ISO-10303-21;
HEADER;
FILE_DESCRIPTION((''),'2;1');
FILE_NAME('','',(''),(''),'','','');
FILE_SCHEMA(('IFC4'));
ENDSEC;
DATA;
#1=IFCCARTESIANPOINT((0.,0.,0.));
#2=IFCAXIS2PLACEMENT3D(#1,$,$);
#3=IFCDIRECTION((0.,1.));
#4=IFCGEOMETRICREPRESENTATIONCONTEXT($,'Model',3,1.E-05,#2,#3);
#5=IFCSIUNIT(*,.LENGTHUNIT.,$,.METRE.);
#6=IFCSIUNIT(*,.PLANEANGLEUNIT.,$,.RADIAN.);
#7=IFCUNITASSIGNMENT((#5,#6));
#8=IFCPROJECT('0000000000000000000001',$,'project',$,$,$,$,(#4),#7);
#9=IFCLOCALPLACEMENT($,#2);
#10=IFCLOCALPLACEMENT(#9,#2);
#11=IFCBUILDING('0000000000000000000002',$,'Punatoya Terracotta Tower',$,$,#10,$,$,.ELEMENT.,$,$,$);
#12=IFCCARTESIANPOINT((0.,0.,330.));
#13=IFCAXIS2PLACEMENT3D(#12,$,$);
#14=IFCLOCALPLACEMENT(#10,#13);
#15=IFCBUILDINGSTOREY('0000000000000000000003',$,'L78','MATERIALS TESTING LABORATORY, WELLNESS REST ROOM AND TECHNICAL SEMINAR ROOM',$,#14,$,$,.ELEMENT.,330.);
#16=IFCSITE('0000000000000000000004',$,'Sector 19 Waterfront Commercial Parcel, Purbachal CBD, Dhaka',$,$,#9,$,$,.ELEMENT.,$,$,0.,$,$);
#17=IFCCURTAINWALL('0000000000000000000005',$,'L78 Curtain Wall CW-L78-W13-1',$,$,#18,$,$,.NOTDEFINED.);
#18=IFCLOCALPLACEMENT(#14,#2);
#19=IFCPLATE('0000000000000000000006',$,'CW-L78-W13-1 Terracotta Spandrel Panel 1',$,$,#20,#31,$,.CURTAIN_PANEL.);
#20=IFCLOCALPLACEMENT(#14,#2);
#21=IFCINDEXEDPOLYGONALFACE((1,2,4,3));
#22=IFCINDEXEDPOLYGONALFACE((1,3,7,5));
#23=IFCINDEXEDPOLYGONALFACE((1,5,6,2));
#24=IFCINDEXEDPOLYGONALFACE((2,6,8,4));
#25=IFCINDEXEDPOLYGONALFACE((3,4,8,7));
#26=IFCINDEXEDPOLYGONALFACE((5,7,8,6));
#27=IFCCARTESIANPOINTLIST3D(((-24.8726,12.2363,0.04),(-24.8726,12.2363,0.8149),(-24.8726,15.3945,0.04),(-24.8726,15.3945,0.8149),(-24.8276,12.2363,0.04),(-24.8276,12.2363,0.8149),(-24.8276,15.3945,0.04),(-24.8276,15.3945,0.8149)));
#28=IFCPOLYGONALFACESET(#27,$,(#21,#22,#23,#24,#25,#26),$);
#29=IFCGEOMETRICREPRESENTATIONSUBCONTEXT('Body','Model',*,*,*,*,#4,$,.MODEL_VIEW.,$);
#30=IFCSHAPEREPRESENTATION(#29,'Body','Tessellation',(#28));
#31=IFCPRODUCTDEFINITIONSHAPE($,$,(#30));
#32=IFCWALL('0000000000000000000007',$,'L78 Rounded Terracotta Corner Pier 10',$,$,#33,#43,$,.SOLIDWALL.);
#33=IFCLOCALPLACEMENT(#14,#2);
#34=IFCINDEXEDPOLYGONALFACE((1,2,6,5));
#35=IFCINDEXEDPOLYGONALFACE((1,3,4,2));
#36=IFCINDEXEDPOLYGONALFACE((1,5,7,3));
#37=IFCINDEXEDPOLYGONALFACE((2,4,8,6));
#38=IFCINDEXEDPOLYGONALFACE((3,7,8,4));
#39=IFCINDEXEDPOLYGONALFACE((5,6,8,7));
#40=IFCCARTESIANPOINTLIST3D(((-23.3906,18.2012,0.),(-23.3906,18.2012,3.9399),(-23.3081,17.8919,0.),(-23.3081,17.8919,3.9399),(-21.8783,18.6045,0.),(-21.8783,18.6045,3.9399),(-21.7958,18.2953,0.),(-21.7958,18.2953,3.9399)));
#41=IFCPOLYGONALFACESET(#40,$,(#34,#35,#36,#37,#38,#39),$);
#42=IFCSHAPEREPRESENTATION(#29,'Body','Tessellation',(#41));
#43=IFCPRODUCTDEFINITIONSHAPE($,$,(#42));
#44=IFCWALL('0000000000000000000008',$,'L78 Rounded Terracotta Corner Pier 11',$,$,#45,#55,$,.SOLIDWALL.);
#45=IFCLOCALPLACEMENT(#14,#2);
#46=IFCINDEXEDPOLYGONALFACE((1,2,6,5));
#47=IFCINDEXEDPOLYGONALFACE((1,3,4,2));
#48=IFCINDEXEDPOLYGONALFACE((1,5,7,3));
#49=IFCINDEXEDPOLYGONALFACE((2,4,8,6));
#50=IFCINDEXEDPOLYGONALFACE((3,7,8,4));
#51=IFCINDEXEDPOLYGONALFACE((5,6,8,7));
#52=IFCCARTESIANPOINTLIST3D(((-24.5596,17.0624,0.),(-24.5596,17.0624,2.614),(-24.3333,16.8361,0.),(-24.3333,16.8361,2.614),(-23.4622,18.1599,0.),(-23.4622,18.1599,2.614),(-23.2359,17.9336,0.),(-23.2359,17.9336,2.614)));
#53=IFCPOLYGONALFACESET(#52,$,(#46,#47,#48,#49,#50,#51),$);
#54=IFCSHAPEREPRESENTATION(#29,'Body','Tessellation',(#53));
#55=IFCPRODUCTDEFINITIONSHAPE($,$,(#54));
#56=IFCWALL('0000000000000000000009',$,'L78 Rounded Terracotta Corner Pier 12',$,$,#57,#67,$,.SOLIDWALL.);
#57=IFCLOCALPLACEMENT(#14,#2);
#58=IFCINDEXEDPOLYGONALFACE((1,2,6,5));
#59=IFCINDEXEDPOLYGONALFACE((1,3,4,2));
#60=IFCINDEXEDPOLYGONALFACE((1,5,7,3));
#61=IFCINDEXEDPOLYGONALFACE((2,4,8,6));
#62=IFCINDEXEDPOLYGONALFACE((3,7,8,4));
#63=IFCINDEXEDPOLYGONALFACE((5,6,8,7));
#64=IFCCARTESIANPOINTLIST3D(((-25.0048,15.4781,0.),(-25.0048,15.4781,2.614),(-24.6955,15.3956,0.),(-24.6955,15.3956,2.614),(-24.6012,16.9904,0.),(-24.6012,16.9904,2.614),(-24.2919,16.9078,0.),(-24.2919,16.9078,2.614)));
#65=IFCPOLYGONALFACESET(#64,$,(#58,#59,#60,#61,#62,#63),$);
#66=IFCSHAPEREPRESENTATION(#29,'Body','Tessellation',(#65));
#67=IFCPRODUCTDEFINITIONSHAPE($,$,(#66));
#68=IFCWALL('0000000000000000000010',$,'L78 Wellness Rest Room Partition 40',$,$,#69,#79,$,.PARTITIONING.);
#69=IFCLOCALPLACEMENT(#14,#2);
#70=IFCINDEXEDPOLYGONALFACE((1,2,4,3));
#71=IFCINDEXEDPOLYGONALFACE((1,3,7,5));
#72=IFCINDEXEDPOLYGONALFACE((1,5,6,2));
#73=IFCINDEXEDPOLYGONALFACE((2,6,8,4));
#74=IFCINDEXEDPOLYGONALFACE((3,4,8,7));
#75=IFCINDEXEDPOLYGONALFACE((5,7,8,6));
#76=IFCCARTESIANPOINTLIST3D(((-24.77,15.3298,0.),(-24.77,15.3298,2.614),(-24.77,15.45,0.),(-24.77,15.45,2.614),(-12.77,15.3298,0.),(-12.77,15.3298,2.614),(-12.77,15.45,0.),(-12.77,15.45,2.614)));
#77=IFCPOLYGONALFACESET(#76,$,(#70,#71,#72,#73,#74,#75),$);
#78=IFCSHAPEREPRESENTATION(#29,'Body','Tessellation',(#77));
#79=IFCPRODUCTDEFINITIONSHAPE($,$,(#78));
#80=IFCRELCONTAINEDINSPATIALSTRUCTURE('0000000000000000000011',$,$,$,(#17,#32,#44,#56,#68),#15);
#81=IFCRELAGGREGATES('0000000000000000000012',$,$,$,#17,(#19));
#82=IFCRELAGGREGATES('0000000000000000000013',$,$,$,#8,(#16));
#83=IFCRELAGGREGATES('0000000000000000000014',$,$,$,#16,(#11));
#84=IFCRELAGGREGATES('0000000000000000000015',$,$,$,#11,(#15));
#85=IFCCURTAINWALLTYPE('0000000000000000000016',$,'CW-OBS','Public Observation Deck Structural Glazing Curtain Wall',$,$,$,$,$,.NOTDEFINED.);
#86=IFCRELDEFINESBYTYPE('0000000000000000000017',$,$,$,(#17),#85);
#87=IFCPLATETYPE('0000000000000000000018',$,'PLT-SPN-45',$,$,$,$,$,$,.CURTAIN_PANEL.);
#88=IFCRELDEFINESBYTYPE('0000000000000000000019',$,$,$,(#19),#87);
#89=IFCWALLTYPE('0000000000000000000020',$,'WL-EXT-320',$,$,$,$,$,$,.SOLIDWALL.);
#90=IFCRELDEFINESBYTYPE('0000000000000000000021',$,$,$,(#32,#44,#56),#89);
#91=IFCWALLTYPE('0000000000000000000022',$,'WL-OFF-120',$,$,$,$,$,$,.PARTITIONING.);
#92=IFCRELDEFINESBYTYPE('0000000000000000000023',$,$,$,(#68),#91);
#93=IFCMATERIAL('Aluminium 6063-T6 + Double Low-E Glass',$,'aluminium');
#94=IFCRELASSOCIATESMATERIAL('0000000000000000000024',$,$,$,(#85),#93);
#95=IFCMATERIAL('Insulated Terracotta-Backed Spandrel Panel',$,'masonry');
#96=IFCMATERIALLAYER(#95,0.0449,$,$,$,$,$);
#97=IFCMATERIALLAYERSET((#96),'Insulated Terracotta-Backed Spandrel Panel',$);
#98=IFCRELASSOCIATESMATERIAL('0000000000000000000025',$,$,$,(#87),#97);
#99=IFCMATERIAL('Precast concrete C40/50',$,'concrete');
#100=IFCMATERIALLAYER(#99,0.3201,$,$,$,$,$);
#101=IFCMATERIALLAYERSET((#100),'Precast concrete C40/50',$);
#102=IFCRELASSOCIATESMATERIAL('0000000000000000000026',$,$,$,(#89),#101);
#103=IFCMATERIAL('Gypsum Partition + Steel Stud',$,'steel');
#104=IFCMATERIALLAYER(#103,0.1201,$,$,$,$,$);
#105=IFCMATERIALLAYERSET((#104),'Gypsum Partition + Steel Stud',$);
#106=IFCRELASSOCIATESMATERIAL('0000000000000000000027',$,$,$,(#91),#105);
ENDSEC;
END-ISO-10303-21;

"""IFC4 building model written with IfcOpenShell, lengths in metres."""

from ifc_helpers import new_model, si_unit, direction, frame, frame_2d, origin, origin_2d, place, context, subcontext, project, spatial, rectangle, extrude, material, layer, layer_set, type_object, element, aggregate, save


model = new_model("IFC4")

# Units and contexts
model_context = context("Model", 3, precision=1e-05, world=origin(), true_north=direction((0.0, 1.0)))
body_context = subcontext(model_context, "Body", "Model", "MODEL_VIEW")
ifc_project = project(units=[si_unit("LENGTHUNIT", "METRE"), si_unit("PLANEANGLEUNIT", "RADIAN")], contexts=[model_context])

# Site, building, storey
site_placement = place(None, origin())
site = spatial("IfcSite", under=ifc_project, at=site_placement, Name="Sector 19 Waterfront Commercial Parcel, Purbachal CBD, Dhaka", CompositionType="ELEMENT", RefElevation=0.0)
building_placement = place(site_placement, origin())
building = spatial("IfcBuilding", under=site, at=building_placement, Name="Punatoya Terracotta Tower", CompositionType="ELEMENT")
storey_placement = place(building_placement, frame((0.0, 0.0, 330.0)))
storey = spatial("IfcBuildingStorey", under=building, at=storey_placement, Name="L78", Description="MATERIALS TESTING LABORATORY, WELLNESS REST ROOM AND TECHNICAL SEMINAR ROOM", CompositionType="ELEMENT", Elevation=330.0)

# Curtain wall
ifc_material_1 = material(Name="Aluminium 6063-T6 + Double Low-E Glass", Category="aluminium")
curtain_wall_type = type_object("IfcCurtainWallType", Name="CW-OBS", Description="Public Observation Deck Structural Glazing Curtain Wall", PredefinedType="NOTDEFINED", material=ifc_material_1)
curtain_wall_1_placement = place(storey_placement, origin())
curtain_wall_1 = element("IfcCurtainWall", 1, at=curtain_wall_1_placement, inside=storey, type_object=curtain_wall_type, Name="L78 Curtain Wall CW-L78-W13-1", PredefinedType="NOTDEFINED")

# Plate
ifc_material_2 = material(Name="Insulated Terracotta-Backed Spandrel Panel", Category="masonry")
ifc_layer_1 = layer(ifc_material_2, 0.0449)
ifc_layer_set_1 = layer_set([ifc_layer_1], Name="Insulated Terracotta-Backed Spandrel Panel")
plate_type_1 = type_object("IfcPlateType", Name="PLT-SPN-45", PredefinedType="CURTAIN_PANEL", material=ifc_layer_set_1)
plate_1_placement = place(storey_placement, frame((-24.8501, 13.8154, 0.04), z_axis=(0.0, 0.0, 1.0), x_axis=(0.0, -1.0, 0.0)))
plate_1 = element("IfcPlate", 2, at=plate_1_placement, type_object=plate_type_1, Name="CW-L78-W13-1 Terracotta Spandrel Panel 1", PredefinedType="CURTAIN_PANEL", context=body_context, shape_type="SweptSolid", body=[
    extrude(rectangle(XDim=3.1582, YDim=0.0449, at=origin_2d()), origin(), (0.0, 0.0, 1.0), 0.7749),
])
aggregate(curtain_wall_1, [plate_1])

# Walls
ifc_material_3 = material(Name="Precast concrete C40/50", Category="concrete")
ifc_layer_2 = layer(ifc_material_3, 0.3201)
ifc_layer_set_2 = layer_set([ifc_layer_2], Name="Precast concrete C40/50")
wall_type_1 = type_object("IfcWallType", Name="WL-EXT-320", PredefinedType="SOLIDWALL", material=ifc_layer_set_2)
wall_1_placement = place(storey_placement, frame((-21.8369, 18.45, 0.0), z_axis=(0.0, 0.0, 1.0), x_axis=(-0.966225, -0.257701, 0.0)))
element("IfcWall", 3, at=wall_1_placement, inside=storey, type_object=wall_type_1, Name="L78 Rounded Terracotta Corner Pier 10", PredefinedType="SOLIDWALL", context=body_context, shape_type="SweptSolid", body=[
    extrude(rectangle(XDim=1.5652, YDim=0.3201, at=frame_2d((0.7827, 0.0))), origin(), (0.0, 0.0, 1.0), 3.9399),
])
wall_2_placement = place(storey_placement, frame((-23.3491, 18.0466, 0.0), z_axis=(0.0, 0.0, 1.0), x_axis=(-0.707107, -0.707107, 0.0)))
element("IfcWall", 4, at=wall_2_placement, inside=storey, type_object=wall_type_1, Name="L78 Rounded Terracotta Corner Pier 11", PredefinedType="SOLIDWALL", context=body_context, shape_type="SweptSolid", body=[
    extrude(rectangle(XDim=1.552, YDim=0.3201, at=frame_2d((0.7759, 0.0))), origin(), (0.0, 0.0, 1.0), 2.614),
])
wall_3_placement = place(storey_placement, frame((-24.4465, 16.9492, 0.0), z_axis=(0.0, 0.0, 1.0), x_axis=(-0.257847, -0.966186, 0.0)))
element("IfcWall", 5, at=wall_3_placement, inside=storey, type_object=wall_type_1, Name="L78 Rounded Terracotta Corner Pier 12", PredefinedType="SOLIDWALL", context=body_context, shape_type="SweptSolid", body=[
    extrude(rectangle(XDim=1.5652, YDim=0.3201, at=frame_2d((0.7827, 0.0))), origin(), (0.0, 0.0, 1.0), 2.614),
])
ifc_material_4 = material(Name="Gypsum Partition + Steel Stud", Category="steel")
ifc_layer_3 = layer(ifc_material_4, 0.1201)
ifc_layer_set_3 = layer_set([ifc_layer_3], Name="Gypsum Partition + Steel Stud")
wall_type_2 = type_object("IfcWallType", Name="WL-OFF-120", PredefinedType="PARTITIONING", material=ifc_layer_set_3)
wall_4_placement = place(storey_placement, frame((-24.77, 15.3899, 0.0), z_axis=(0.0, 0.0, 1.0), x_axis=(1.0, 0.0, 0.0)))
element("IfcWall", 6, at=wall_4_placement, inside=storey, type_object=wall_type_2, Name="L78 Wellness Rest Room Partition 40", PredefinedType="PARTITIONING", context=body_context, shape_type="SweptSolid", body=[
    extrude(rectangle(XDim=12.0, YDim=0.1201, at=frame_2d((6.0, 0.0))), origin(), (0.0, 0.0, 1.0), 2.614),
])

save(model, "model.ifc")
